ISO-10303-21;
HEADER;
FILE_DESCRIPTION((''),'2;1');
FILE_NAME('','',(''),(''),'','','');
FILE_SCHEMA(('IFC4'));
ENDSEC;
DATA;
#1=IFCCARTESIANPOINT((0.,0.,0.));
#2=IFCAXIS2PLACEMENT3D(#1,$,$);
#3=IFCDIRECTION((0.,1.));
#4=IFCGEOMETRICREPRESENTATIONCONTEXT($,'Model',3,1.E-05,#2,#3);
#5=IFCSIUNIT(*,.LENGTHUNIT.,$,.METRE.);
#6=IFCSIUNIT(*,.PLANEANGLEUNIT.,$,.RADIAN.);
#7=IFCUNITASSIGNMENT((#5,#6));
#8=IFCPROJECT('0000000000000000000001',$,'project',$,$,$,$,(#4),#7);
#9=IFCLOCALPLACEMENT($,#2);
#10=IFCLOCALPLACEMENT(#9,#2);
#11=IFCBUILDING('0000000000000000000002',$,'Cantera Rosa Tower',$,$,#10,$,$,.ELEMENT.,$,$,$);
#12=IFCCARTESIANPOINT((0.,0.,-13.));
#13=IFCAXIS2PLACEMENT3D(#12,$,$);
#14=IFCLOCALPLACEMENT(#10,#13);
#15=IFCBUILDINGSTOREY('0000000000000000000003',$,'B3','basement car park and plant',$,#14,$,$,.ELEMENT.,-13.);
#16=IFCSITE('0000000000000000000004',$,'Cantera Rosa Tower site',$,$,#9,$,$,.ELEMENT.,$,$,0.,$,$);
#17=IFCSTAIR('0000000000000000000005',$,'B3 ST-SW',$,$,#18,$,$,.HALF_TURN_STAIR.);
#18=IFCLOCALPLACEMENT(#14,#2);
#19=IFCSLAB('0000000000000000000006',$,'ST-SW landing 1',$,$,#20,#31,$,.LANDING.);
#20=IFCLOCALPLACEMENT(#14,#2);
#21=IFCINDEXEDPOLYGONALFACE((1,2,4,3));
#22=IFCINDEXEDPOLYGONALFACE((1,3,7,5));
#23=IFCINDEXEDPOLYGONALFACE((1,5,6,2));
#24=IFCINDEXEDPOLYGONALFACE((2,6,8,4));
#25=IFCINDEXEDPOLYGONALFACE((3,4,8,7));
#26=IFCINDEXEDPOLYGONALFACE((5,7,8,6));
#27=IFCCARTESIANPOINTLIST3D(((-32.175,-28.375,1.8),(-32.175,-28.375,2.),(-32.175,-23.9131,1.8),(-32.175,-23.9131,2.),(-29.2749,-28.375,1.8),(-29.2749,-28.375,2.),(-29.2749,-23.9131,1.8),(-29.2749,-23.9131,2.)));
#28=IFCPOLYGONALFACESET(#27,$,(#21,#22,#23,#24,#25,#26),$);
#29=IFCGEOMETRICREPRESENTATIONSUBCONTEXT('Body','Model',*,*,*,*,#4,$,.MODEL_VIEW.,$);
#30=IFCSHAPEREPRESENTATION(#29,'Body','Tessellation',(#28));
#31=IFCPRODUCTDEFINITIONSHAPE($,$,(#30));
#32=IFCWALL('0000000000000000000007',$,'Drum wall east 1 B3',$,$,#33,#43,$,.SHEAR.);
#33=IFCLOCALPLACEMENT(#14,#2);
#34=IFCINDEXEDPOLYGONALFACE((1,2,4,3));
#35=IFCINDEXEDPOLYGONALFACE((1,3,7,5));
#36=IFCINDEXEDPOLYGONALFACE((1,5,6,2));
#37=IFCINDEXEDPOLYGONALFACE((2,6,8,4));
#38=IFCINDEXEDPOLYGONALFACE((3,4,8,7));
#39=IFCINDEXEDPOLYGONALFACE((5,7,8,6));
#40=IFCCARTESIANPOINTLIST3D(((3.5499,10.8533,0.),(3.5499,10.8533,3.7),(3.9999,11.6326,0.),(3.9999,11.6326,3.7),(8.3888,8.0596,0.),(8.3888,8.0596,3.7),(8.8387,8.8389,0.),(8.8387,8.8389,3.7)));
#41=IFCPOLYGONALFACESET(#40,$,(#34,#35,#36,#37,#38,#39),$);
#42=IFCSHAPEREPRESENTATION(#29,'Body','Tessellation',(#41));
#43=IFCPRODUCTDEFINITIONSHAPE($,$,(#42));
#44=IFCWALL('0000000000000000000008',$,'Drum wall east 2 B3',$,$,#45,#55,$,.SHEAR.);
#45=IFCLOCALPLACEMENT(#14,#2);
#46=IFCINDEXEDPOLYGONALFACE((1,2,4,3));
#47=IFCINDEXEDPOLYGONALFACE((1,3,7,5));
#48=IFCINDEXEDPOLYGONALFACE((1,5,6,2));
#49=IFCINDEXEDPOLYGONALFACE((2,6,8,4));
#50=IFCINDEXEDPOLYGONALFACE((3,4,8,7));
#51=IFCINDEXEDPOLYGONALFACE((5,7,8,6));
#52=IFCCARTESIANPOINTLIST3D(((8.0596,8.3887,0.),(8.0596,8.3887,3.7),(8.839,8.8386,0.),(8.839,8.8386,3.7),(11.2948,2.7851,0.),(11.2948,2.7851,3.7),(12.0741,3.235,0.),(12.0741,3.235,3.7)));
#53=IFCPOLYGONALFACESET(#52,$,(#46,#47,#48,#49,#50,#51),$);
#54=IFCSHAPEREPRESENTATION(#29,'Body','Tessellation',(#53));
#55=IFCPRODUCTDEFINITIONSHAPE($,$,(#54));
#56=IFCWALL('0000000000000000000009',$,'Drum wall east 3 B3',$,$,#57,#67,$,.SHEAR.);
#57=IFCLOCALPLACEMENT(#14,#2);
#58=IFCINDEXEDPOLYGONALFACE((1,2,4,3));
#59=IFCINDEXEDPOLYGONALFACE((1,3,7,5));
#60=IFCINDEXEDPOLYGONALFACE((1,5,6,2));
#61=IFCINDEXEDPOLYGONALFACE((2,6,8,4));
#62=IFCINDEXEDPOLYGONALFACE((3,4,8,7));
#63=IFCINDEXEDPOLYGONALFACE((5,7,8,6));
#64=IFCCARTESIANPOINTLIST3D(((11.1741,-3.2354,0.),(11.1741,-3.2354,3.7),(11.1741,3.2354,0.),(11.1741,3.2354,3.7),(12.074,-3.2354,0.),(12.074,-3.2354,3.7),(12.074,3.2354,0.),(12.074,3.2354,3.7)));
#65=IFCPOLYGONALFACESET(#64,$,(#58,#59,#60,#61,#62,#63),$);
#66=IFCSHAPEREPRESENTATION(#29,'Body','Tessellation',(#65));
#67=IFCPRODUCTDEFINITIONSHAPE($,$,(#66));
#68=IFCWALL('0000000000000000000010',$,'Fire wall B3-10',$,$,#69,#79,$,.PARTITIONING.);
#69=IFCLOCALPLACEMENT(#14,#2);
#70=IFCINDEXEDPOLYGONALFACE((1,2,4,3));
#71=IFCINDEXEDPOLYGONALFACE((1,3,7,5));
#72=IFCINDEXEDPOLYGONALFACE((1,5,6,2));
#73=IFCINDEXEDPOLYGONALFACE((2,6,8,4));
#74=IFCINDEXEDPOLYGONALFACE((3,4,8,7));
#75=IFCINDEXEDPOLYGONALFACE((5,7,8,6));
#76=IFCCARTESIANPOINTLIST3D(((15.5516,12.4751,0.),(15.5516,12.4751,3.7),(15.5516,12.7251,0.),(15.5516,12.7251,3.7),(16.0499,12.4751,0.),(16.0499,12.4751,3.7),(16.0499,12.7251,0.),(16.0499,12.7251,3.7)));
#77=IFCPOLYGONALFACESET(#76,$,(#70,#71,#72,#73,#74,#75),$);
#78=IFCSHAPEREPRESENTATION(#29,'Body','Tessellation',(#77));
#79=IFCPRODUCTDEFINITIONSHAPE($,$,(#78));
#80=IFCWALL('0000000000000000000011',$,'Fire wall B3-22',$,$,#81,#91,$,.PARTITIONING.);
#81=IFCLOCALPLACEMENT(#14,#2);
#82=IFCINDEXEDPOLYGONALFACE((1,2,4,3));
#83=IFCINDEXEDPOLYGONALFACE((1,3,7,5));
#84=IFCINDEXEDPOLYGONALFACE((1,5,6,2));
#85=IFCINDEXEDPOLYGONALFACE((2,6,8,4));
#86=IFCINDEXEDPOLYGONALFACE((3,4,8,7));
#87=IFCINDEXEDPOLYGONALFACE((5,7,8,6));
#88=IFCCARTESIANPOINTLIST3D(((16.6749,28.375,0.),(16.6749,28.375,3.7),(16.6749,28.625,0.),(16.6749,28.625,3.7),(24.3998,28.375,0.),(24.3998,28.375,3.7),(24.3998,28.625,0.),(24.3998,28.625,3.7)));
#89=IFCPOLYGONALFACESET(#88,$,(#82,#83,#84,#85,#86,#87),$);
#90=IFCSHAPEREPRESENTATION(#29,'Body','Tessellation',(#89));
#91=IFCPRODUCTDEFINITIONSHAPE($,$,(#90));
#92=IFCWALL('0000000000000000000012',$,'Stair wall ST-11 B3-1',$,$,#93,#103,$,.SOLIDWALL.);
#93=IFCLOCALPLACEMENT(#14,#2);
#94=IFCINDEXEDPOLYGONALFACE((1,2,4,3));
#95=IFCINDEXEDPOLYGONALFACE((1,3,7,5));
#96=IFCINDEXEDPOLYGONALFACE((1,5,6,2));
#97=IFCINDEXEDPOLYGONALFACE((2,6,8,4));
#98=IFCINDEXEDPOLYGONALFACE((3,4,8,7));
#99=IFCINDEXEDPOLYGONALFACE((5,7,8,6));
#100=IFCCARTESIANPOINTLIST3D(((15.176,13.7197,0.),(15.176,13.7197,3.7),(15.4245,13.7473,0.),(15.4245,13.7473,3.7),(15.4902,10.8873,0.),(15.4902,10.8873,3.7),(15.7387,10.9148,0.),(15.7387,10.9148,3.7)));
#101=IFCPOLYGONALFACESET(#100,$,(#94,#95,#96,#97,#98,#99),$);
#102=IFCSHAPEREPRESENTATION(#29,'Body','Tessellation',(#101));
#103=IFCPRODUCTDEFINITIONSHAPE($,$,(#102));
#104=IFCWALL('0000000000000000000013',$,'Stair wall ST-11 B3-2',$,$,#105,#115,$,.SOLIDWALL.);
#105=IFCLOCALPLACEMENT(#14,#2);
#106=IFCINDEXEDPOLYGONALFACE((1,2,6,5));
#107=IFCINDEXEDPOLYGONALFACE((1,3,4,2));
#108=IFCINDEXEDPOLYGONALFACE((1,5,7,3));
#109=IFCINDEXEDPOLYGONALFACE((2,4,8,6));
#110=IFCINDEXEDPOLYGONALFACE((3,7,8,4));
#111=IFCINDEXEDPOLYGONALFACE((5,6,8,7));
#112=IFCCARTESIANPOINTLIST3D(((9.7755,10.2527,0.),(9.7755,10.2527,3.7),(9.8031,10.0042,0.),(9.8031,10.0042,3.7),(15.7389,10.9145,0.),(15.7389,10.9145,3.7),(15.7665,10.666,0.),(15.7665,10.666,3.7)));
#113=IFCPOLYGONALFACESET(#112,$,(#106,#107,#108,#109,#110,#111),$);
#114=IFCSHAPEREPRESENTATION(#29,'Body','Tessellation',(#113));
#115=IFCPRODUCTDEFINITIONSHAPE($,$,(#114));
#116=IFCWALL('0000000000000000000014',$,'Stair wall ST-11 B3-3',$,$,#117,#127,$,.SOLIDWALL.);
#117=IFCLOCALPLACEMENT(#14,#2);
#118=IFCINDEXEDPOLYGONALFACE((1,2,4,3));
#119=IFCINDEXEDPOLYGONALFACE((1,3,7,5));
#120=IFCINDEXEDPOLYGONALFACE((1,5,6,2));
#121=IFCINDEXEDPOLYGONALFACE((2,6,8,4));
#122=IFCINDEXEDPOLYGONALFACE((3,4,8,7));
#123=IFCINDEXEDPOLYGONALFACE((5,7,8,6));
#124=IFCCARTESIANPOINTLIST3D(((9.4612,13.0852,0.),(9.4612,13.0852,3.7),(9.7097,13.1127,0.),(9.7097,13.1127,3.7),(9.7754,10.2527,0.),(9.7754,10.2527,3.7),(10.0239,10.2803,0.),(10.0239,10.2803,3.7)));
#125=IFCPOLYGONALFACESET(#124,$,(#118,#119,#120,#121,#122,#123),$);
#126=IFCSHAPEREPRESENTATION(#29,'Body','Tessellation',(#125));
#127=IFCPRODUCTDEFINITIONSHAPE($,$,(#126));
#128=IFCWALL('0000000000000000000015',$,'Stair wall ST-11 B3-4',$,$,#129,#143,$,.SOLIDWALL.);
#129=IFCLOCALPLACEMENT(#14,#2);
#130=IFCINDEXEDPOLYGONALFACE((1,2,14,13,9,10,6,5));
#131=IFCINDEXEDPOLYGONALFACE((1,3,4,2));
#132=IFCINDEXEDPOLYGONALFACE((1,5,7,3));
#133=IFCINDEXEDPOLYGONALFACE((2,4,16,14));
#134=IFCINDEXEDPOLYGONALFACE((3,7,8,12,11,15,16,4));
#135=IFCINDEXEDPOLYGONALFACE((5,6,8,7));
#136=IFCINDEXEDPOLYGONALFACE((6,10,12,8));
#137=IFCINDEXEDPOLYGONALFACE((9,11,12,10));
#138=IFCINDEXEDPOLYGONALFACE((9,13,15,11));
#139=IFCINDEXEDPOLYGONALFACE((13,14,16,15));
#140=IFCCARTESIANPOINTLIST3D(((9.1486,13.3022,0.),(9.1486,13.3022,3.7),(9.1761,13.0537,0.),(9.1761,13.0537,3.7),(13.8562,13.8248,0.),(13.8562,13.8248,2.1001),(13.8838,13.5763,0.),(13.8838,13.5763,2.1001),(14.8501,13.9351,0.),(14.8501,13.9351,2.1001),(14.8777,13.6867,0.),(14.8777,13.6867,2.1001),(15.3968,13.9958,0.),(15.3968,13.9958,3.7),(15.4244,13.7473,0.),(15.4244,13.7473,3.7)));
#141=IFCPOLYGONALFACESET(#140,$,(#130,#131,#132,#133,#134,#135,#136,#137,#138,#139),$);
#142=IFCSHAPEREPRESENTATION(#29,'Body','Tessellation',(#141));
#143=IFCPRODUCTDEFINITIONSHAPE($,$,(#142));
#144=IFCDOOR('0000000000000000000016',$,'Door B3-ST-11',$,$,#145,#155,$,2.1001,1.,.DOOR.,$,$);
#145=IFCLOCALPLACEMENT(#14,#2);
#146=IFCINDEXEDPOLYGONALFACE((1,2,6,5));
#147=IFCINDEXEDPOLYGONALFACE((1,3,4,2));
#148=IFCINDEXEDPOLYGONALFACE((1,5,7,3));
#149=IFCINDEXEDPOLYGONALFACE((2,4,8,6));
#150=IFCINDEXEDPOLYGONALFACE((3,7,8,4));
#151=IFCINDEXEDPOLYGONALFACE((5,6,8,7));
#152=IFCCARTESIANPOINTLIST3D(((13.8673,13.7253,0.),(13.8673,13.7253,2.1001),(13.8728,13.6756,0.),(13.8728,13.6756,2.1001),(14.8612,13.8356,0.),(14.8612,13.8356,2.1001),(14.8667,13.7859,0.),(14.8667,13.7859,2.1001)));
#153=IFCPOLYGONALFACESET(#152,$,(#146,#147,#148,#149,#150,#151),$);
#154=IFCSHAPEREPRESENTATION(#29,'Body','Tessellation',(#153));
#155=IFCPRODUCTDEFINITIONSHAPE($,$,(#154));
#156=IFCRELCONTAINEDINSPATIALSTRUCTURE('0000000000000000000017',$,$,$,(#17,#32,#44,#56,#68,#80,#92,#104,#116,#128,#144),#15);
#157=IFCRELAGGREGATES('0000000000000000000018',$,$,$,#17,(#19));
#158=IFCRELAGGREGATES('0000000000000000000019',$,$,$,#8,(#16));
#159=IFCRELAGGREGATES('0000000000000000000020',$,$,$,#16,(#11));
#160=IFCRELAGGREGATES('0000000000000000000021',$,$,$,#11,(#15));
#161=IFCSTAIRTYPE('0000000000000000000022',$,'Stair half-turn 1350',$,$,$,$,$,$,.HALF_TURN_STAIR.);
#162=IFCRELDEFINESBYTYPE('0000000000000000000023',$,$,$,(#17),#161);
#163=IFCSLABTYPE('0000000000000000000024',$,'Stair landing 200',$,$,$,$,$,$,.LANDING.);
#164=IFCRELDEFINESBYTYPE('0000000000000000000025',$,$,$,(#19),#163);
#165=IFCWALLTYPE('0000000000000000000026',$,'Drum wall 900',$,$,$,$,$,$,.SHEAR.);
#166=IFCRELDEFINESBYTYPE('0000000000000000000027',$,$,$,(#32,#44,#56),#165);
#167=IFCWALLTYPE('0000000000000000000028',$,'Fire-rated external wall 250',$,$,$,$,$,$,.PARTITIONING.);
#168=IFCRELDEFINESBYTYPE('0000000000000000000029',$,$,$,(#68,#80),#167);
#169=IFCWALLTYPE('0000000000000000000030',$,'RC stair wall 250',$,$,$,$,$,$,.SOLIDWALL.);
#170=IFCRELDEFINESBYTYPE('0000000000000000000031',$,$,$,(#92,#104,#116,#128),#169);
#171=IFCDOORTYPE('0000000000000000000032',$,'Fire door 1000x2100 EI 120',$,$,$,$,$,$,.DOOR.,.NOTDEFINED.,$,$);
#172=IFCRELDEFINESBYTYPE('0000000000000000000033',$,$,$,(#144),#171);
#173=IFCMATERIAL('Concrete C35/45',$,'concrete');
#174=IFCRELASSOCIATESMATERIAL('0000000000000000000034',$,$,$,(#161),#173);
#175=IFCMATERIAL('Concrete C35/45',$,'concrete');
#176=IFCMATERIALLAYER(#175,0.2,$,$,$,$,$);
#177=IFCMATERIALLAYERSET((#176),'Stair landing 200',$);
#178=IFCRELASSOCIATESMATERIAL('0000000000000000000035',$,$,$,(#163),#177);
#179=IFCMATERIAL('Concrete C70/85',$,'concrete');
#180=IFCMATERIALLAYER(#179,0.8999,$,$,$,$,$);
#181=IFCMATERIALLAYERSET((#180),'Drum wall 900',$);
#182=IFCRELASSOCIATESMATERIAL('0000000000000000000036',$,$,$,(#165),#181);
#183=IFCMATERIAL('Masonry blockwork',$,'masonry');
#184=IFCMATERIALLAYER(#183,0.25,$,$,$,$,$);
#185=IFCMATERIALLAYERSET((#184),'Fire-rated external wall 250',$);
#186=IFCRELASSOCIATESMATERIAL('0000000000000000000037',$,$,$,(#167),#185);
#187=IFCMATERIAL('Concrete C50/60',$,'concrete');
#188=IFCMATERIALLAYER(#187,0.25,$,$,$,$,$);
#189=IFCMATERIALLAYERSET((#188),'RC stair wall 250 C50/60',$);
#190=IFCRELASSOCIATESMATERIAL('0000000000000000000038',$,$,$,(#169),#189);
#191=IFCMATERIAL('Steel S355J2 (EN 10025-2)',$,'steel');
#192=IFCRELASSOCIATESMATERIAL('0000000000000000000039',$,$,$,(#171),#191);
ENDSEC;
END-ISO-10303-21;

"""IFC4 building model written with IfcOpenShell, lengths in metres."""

from ifc_helpers import new_model, si_unit, direction, frame, frame_2d, origin, place, context, subcontext, project, spatial, polyline, rectangle, outline, extrude, material, layer, layer_set, type_object, element, fill, aggregate, save


model = new_model("IFC4")

# Units and contexts
model_context = context("Model", 3, precision=1e-05, world=origin(), true_north=direction((0.0, 1.0)))
body_context = subcontext(model_context, "Body", "Model", "MODEL_VIEW")
ifc_project = project(units=[si_unit("LENGTHUNIT", "METRE"), si_unit("PLANEANGLEUNIT", "RADIAN")], contexts=[model_context])

# Site, building, storey
site_placement = place(None, origin())
site = spatial("IfcSite", under=ifc_project, at=site_placement, Name="Cantera Rosa Tower site", CompositionType="ELEMENT", RefElevation=0.0)
building_placement = place(site_placement, origin())
building = spatial("IfcBuilding", under=site, at=building_placement, Name="Cantera Rosa Tower", CompositionType="ELEMENT")
storey_placement = place(building_placement, frame((0.0, 0.0, -13.0)))
storey = spatial("IfcBuildingStorey", under=building, at=storey_placement, Name="B3", Description="basement car park and plant", CompositionType="ELEMENT", Elevation=-13.0)

# Stair, slab
ifc_material_1 = material(Name="Concrete C35/45", Category="concrete")
stair_type_1 = type_object("IfcStairType", Name="Stair half-turn 1350", PredefinedType="HALF_TURN_STAIR", material=ifc_material_1)
ifc_material_2 = material(Name="Concrete C35/45", Category="concrete")
ifc_layer_1 = layer(ifc_material_2, 0.2)
ifc_layer_set_1 = layer_set([ifc_layer_1], Name="Stair landing 200")
slab_type_1 = type_object("IfcSlabType", Name="Stair landing 200", PredefinedType="LANDING", material=ifc_layer_set_1)
stair_1_placement = place(storey_placement, origin())
stair_1 = element("IfcStair", 1, at=stair_1_placement, inside=storey, type_object=stair_type_1, Name="B3 ST-SW", PredefinedType="HALF_TURN_STAIR")
slab_1_placement = place(storey_placement, frame((0.0, 0.0, 1.8)))
slab_1 = element("IfcSlab", 2, at=slab_1_placement, type_object=slab_type_1, Name="ST-SW landing 1", PredefinedType="LANDING", context=body_context, shape_type="SweptSolid", body=[
    extrude(outline(polyline([(-32.175, -23.9131), (-32.175, -28.375), (-29.2749, -28.375), (-29.2749, -23.9131), (-32.175, -23.9131)])), origin(), (0.0, 0.0, 1.0), 0.2),
])
aggregate(stair_1, [slab_1])

# Walls
ifc_material_3 = material(Name="Concrete C70/85", Category="concrete")
ifc_layer_2 = layer(ifc_material_3, 0.8999)
ifc_layer_set_2 = layer_set([ifc_layer_2], Name="Drum wall 900")
wall_type_1 = type_object("IfcWallType", Name="Drum wall 900", PredefinedType="SHEAR", material=ifc_layer_set_2)
wall_1_placement = place(storey_placement, frame((3.7749, 11.2429, 0.0), z_axis=(0.0, 0.0, 1.0), x_axis=(0.866027, -0.499997, 0.0)))
element("IfcWall", 3, at=wall_1_placement, inside=storey, type_object=wall_type_1, Name="Drum wall east 1 B3", PredefinedType="SHEAR", context=body_context, shape_type="SweptSolid", body=[
    extrude(rectangle(XDim=5.5874, YDim=0.8999, at=frame_2d((2.7937, 0.0))), origin(), (0.0, 0.0, 1.0), 3.7),
])
wall_2_placement = place(storey_placement, frame((8.4492, 8.6138, 0.0), z_axis=(0.0, 0.0, 1.0), x_axis=(0.49999, -0.866031, 0.0)))
element("IfcWall", 4, at=wall_2_placement, inside=storey, type_object=wall_type_1, Name="Drum wall east 2 B3", PredefinedType="SHEAR", context=body_context, shape_type="SweptSolid", body=[
    extrude(rectangle(XDim=6.4705, YDim=0.8999, at=frame_2d((3.2354, 0.0))), origin(), (0.0, 0.0, 1.0), 3.7),
])
wall_3_placement = place(storey_placement, frame((11.624, 3.2354, 0.0), z_axis=(0.0, 0.0, 1.0), x_axis=(0.0, -1.0, 0.0)))
element("IfcWall", 5, at=wall_3_placement, inside=storey, type_object=wall_type_1, Name="Drum wall east 3 B3", PredefinedType="SHEAR", context=body_context, shape_type="SweptSolid", body=[
    extrude(rectangle(XDim=6.4707, YDim=0.8999, at=frame_2d((3.2354, 0.0))), origin(), (0.0, 0.0, 1.0), 3.7),
])
ifc_material_4 = material(Name="Masonry blockwork", Category="masonry")
ifc_layer_3 = layer(ifc_material_4, 0.25)
ifc_layer_set_3 = layer_set([ifc_layer_3], Name="Fire-rated external wall 250")
wall_type_2 = type_object("IfcWallType", Name="Fire-rated external wall 250", PredefinedType="PARTITIONING", material=ifc_layer_set_3)
wall_4_placement = place(storey_placement, frame((15.5518, 12.6001, 0.0), z_axis=(0.0, 0.0, 1.0), x_axis=(1.0, 0.0, 0.0)))
element("IfcWall", 6, at=wall_4_placement, inside=storey, type_object=wall_type_2, Name="Fire wall B3-10", PredefinedType="PARTITIONING", context=body_context, shape_type="SweptSolid", body=[
    extrude(rectangle(XDim=0.4983, YDim=0.25, at=frame_2d((0.249, 0.0))), origin(), (0.0, 0.0, 1.0), 3.7),
])
wall_5_placement = place(storey_placement, frame((16.675, 28.5, 0.0), z_axis=(0.0, 0.0, 1.0), x_axis=(1.0, 0.0, 0.0)))
element("IfcWall", 7, at=wall_5_placement, inside=storey, type_object=wall_type_2, Name="Fire wall B3-22", PredefinedType="PARTITIONING", context=body_context, shape_type="SweptSolid", body=[
    extrude(rectangle(XDim=7.7249, YDim=0.25, at=frame_2d((3.8623, 0.0))), origin(), (0.0, 0.0, 1.0), 3.7),
])
ifc_material_5 = material(Name="Concrete C50/60", Category="concrete")
ifc_layer_4 = layer(ifc_material_5, 0.25)
ifc_layer_set_4 = layer_set([ifc_layer_4], Name="RC stair wall 250 C50/60")
wall_type_3 = type_object("IfcWallType", Name="RC stair wall 250", PredefinedType="SOLIDWALL", material=ifc_layer_set_4)
wall_6_placement = place(storey_placement, frame((15.3003, 13.7334, 0.0), z_axis=(0.0, 0.0, 1.0), x_axis=(0.110253, -0.993904, 0.0)))
element("IfcWall", 8, at=wall_6_placement, inside=storey, type_object=wall_type_3, Name="Stair wall ST-11 B3-1", PredefinedType="SOLIDWALL", context=body_context, shape_type="SweptSolid", body=[
    extrude(rectangle(XDim=2.8499, YDim=0.25, at=frame_2d((1.4248, 0.0))), origin(), (0.0, 0.0, 1.0), 3.7),
])
wall_7_placement = place(storey_placement, frame((15.7527, 10.7903, 0.0), z_axis=(0.0, 0.0, 1.0), x_axis=(-0.993897, -0.110311, 0.0)))
element("IfcWall", 9, at=wall_7_placement, inside=storey, type_object=wall_type_3, Name="Stair wall ST-11 B3-2", PredefinedType="SOLIDWALL", context=body_context, shape_type="SweptSolid", body=[
    extrude(rectangle(XDim=6.0, YDim=0.25, at=frame_2d((3.0, 0.0))), origin(), (0.0, 0.0, 1.0), 3.7),
])
wall_8_placement = place(storey_placement, frame((9.8997, 10.2666, 0.0), z_axis=(0.0, 0.0, 1.0), x_axis=(-0.110253, 0.993904, 0.0)))
element("IfcWall", 10, at=wall_8_placement, inside=storey, type_object=wall_type_3, Name="Stair wall ST-11 B3-3", PredefinedType="SOLIDWALL", context=body_context, shape_type="SweptSolid", body=[
    extrude(rectangle(XDim=2.8499, YDim=0.25, at=frame_2d((1.4248, 0.0))), origin(), (0.0, 0.0, 1.0), 3.7),
])

# Wall, opening, door
wall_9_placement = place(storey_placement, frame((9.1624, 13.178, 0.0), z_axis=(0.0, 0.0, 1.0), x_axis=(0.993895, 0.110329, 0.0)))
wall_9 = element("IfcWall", 11, at=wall_9_placement, inside=storey, type_object=wall_type_3, Name="Stair wall ST-11 B3-4", PredefinedType="SOLIDWALL", context=body_context, shape_type="SweptSolid", body=[
    extrude(rectangle(XDim=6.2866, YDim=0.25, at=frame_2d((3.1433, 0.0))), origin(), (0.0, 0.0, 1.0), 3.7),
])
opening_placement = place(wall_9_placement, frame((4.7366, 0.0, 0.0)))
opening = element("IfcOpeningElement", 12, at=opening_placement, cuts=wall_9, PredefinedType="OPENING", context=body_context, shape_type="SweptSolid", body=[
    extrude(rectangle(XDim=1.0, YDim=2.1001, at=frame_2d((0.5, 1.05))), frame((0.0, 0.135, 0.0), z_axis=(0.0, -1.0, 0.0), x_axis=(1.0, 0.0, 0.0)), (0.0, 0.0, 1.0), 0.27),
])
ifc_material_6 = material(Name="Steel S355J2 (EN 10025-2)", Category="steel")
door_type = type_object("IfcDoorType", Name="Fire door 1000x2100 EI 120", OperationType="NOTDEFINED", PredefinedType="DOOR", material=ifc_material_6)
door_placement = place(opening_placement, origin())
door = element("IfcDoor", 13, at=door_placement, inside=storey, type_object=door_type, Name="Door B3-ST-11", OverallHeight=2.1001, OverallWidth=1.0, PredefinedType="DOOR", context=body_context, shape_type="SweptSolid", body=[
    extrude(rectangle(XDim=1.0, YDim=2.1001, at=frame_2d((0.5, 1.05))), frame((0.0, 0.0249, 0.0), z_axis=(0.0, -1.0, 0.0), x_axis=(1.0, 0.0, 0.0)), (0.0, 0.0, 1.0), 0.05),
])
fill(opening, door)

save(model, "model.ifc")
